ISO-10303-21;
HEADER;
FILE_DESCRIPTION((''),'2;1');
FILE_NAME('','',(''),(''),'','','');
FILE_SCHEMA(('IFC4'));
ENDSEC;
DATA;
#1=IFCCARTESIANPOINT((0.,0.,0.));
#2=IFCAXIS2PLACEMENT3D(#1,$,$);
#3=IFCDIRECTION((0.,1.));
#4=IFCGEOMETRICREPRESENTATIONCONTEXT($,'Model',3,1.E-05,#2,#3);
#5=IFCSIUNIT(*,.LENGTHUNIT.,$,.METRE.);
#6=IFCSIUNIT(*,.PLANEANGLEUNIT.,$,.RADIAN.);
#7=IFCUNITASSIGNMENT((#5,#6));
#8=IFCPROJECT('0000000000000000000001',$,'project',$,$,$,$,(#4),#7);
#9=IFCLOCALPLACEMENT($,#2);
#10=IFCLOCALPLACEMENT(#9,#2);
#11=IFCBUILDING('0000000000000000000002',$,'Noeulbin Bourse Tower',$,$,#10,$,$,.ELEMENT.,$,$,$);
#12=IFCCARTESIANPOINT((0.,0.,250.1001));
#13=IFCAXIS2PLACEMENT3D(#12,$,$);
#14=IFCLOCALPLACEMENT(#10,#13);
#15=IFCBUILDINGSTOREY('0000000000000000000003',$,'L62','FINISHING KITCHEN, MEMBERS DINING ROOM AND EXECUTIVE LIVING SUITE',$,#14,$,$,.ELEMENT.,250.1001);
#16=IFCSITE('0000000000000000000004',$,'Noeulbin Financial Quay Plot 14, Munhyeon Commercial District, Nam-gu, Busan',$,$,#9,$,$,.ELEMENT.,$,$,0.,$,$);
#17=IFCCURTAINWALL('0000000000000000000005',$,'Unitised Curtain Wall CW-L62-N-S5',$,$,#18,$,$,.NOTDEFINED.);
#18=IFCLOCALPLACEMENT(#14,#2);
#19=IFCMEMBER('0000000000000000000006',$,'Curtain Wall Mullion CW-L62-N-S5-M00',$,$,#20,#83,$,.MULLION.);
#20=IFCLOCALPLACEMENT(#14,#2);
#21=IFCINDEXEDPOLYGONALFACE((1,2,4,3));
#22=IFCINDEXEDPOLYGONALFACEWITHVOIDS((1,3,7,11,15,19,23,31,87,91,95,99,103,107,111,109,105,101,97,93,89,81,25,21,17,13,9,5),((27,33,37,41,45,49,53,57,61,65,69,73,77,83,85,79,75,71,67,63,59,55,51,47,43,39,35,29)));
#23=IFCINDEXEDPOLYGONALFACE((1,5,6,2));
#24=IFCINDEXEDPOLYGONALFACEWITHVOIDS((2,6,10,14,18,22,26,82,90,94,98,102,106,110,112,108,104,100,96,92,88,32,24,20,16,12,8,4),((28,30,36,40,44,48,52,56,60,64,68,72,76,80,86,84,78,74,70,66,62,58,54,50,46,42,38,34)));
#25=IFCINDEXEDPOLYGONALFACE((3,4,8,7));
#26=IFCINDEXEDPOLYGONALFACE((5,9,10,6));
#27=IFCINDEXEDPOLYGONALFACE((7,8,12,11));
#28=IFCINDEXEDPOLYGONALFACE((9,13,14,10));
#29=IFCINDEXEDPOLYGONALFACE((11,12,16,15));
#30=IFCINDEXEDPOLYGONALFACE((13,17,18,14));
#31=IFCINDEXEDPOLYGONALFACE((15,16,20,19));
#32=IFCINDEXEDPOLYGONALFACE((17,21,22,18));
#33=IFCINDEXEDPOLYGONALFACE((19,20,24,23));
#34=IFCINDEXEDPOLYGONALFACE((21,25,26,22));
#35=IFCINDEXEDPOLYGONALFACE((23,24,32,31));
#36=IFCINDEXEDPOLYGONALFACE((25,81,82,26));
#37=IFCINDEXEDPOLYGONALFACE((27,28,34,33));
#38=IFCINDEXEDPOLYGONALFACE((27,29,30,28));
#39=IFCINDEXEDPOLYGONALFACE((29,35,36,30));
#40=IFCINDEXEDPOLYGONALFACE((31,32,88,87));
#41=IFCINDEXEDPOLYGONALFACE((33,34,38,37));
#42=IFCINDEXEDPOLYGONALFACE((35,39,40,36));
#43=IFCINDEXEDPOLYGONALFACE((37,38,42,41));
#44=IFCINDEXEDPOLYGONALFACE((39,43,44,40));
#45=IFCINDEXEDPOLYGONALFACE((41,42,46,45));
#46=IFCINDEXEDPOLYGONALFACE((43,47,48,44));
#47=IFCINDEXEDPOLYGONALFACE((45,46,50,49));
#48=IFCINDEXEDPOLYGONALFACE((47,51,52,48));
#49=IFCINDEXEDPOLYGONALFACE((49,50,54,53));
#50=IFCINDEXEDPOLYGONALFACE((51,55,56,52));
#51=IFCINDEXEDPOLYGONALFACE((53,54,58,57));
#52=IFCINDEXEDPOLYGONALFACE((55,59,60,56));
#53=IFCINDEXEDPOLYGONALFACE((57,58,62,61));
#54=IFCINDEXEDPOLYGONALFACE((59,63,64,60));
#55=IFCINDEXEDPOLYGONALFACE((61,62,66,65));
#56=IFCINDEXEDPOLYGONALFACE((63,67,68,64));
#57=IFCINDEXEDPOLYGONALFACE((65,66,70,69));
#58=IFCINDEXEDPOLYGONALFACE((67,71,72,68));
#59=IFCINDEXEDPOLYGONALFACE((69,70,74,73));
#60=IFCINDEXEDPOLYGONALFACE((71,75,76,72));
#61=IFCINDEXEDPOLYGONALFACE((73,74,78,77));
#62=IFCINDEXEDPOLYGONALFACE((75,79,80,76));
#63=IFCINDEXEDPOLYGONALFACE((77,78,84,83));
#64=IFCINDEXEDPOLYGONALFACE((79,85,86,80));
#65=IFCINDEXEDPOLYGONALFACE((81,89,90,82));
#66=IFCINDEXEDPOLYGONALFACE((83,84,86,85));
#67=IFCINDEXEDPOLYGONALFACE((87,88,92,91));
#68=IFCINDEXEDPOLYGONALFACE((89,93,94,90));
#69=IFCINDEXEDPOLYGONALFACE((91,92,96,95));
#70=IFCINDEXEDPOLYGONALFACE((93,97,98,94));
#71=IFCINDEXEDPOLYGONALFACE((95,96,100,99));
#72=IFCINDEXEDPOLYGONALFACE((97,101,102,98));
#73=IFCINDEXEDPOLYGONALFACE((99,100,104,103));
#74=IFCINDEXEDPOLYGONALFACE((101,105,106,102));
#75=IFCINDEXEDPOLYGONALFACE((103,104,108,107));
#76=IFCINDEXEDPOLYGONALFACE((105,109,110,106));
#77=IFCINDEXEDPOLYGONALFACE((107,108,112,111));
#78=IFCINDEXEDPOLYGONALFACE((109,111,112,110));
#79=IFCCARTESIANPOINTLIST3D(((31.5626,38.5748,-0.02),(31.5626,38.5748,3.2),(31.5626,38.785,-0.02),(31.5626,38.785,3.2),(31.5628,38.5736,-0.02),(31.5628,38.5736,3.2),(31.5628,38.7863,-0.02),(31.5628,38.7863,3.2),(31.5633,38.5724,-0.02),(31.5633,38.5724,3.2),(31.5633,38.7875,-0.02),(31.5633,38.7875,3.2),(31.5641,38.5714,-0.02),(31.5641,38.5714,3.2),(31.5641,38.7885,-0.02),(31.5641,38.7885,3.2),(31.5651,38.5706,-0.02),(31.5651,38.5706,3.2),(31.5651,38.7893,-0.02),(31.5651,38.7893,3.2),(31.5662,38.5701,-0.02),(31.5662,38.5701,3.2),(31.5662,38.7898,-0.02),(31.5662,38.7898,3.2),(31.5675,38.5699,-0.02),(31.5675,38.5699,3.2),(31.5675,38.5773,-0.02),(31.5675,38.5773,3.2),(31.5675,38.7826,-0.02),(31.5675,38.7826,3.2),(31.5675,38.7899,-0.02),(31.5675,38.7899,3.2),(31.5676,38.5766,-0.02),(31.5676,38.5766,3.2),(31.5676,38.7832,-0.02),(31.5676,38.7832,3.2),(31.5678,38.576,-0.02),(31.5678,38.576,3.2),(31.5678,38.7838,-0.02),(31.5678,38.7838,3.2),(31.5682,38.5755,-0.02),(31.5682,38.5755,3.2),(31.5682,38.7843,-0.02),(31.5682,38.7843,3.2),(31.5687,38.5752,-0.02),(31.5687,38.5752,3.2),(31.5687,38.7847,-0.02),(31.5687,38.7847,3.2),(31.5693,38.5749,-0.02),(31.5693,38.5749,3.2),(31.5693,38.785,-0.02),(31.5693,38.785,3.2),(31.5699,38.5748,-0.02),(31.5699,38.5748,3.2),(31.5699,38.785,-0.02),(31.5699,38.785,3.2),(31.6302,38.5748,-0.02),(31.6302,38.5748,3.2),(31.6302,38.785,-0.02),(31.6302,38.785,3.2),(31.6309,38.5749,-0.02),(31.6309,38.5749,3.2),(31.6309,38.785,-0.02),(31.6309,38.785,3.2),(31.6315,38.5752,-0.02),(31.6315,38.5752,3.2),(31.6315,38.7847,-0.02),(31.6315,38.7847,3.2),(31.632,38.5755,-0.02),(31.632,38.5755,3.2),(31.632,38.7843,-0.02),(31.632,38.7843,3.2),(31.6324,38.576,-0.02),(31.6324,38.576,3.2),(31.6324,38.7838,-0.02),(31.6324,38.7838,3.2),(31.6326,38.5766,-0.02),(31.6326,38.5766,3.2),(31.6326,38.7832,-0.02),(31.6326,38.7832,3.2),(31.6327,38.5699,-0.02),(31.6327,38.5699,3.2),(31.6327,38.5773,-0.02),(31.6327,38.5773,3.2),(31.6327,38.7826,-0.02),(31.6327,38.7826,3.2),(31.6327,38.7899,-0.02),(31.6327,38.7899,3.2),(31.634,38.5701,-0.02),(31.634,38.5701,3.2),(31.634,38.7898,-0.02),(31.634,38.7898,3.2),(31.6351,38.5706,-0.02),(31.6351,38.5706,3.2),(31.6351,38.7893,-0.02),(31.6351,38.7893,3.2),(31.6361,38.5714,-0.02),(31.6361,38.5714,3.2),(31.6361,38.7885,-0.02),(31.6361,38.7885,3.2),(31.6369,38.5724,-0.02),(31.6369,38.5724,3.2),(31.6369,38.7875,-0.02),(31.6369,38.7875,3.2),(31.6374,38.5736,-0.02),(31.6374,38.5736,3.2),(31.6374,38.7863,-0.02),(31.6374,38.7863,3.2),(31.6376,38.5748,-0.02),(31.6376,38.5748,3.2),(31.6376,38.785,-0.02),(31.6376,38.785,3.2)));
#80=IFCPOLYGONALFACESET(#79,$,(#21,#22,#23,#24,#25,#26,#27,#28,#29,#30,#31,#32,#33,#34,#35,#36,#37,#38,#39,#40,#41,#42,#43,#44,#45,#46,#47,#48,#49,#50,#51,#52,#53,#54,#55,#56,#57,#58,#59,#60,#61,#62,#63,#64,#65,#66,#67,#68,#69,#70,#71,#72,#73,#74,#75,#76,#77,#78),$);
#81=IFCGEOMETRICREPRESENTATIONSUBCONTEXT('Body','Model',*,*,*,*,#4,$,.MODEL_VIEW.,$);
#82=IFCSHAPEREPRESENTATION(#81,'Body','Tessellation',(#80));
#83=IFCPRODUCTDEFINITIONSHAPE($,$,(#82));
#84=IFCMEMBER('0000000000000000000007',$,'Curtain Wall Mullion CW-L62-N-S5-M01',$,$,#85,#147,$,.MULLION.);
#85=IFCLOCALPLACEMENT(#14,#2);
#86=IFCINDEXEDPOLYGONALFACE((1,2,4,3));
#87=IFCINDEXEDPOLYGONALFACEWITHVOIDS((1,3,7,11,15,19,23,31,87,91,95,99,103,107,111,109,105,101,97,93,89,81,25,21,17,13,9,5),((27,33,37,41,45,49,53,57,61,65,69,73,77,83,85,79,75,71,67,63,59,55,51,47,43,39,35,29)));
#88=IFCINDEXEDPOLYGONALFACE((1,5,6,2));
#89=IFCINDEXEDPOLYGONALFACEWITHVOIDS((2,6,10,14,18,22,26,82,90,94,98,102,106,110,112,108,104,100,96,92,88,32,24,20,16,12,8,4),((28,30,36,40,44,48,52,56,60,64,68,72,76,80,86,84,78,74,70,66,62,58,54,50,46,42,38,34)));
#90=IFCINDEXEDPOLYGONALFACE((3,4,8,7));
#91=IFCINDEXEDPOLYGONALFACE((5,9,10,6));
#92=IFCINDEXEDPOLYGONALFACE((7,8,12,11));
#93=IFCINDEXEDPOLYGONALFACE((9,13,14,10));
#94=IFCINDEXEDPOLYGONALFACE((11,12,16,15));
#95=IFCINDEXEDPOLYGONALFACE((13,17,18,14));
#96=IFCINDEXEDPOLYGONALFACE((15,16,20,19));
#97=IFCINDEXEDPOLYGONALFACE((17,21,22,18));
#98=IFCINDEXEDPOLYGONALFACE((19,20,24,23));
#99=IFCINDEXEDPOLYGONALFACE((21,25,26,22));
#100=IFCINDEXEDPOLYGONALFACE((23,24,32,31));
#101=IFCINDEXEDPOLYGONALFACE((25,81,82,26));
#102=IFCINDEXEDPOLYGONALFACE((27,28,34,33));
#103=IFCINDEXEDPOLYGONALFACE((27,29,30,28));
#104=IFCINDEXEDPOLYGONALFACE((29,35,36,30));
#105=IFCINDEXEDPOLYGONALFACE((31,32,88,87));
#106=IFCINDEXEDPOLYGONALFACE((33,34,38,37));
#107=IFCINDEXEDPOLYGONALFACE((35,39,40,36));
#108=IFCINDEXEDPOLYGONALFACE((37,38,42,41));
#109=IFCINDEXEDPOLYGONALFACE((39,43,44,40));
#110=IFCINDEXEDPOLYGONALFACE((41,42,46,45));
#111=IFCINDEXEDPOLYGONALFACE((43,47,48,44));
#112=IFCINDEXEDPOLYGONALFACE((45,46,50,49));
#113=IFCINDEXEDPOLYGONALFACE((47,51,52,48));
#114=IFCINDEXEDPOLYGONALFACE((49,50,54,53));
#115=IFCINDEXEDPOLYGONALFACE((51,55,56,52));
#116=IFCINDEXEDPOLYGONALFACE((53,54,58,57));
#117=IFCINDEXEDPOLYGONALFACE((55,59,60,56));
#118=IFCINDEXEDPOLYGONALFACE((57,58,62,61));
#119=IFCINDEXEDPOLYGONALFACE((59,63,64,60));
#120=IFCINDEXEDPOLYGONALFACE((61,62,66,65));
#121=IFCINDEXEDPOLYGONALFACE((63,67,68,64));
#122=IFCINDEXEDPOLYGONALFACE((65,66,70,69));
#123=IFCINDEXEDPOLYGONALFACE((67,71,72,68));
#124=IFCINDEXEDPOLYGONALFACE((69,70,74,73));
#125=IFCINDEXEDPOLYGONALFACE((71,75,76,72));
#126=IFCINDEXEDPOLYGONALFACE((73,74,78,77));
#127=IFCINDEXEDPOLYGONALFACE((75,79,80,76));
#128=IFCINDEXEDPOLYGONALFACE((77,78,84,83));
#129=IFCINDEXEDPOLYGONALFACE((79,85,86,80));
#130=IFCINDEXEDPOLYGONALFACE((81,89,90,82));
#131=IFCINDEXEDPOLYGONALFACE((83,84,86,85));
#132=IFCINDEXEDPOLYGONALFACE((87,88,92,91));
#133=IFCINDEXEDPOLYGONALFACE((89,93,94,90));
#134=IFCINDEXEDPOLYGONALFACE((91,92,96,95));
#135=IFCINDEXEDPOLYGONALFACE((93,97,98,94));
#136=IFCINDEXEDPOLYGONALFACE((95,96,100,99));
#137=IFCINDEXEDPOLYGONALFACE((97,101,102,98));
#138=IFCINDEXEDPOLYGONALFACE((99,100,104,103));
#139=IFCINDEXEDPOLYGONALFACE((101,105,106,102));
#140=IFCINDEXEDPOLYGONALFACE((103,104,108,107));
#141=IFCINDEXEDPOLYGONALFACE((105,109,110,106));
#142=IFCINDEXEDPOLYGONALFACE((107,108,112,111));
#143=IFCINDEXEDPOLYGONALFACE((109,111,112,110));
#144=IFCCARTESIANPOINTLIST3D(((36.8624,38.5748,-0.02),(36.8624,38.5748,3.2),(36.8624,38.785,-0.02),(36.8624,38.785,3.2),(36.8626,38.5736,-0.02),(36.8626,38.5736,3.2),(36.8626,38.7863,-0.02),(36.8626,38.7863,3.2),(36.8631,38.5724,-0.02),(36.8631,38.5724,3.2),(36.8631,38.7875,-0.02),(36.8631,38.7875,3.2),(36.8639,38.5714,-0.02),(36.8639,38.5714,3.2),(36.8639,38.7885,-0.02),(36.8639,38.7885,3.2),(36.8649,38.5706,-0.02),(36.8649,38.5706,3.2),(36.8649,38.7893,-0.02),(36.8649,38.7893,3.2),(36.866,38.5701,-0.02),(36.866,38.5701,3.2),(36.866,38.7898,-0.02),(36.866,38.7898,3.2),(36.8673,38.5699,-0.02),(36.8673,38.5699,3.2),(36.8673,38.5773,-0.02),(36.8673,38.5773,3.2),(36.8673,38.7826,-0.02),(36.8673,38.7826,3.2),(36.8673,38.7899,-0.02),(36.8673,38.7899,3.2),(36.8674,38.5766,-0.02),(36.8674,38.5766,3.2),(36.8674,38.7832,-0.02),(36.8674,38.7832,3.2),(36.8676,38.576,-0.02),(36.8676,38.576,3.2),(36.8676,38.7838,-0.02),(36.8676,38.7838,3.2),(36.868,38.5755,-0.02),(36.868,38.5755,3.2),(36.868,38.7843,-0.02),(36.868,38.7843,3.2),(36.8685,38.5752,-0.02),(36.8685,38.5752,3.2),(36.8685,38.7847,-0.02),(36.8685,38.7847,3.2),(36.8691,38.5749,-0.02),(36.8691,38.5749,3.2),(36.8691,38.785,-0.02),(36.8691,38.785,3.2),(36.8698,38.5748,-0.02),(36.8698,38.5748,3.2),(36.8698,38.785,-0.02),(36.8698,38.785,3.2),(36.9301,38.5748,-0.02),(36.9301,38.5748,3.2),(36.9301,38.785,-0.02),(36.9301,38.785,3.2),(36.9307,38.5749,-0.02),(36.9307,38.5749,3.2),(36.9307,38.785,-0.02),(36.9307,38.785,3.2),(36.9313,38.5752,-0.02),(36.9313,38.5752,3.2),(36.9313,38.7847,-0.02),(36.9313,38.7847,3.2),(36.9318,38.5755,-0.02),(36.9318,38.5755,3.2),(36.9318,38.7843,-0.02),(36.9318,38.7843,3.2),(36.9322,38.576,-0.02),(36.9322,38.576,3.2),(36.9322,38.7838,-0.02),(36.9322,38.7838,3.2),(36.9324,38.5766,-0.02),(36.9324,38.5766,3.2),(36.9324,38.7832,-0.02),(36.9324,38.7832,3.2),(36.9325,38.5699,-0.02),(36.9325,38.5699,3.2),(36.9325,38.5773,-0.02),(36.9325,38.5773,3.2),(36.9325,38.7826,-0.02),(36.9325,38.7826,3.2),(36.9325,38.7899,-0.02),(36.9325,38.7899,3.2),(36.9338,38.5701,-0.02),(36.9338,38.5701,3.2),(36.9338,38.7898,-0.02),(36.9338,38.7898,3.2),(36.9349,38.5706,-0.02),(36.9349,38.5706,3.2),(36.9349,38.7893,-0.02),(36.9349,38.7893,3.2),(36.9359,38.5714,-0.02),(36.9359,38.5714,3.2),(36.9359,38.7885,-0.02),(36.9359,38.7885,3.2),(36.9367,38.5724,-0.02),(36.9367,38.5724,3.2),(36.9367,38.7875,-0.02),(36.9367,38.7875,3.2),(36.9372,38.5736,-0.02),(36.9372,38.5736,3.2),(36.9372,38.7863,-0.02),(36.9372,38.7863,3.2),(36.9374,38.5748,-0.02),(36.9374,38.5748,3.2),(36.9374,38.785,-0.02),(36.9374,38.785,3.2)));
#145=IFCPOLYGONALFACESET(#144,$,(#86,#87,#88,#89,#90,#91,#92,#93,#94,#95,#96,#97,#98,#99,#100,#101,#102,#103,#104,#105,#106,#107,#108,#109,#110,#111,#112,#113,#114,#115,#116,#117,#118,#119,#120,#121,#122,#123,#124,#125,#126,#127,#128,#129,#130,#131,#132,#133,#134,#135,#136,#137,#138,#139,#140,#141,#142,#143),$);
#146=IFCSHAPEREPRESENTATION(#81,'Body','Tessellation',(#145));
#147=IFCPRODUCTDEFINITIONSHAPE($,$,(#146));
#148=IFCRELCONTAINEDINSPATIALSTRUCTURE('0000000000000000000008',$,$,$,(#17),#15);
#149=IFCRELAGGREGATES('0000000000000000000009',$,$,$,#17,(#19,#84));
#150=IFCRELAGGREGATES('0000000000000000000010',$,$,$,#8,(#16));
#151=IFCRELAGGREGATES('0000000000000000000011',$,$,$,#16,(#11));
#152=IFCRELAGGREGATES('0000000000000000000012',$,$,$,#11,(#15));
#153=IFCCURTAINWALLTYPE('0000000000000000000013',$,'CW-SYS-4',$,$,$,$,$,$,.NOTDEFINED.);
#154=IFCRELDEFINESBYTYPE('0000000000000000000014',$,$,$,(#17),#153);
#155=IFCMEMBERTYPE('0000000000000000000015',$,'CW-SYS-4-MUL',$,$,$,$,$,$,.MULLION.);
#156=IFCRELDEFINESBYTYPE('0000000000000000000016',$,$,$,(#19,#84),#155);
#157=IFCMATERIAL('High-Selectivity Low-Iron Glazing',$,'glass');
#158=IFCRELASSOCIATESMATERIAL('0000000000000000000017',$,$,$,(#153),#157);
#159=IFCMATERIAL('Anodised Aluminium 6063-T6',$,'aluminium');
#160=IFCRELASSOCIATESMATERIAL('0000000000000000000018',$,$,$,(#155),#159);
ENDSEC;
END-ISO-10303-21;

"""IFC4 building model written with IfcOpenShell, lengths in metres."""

from ifc_helpers import new_model, si_unit, direction, frame, origin, origin_2d, place, context, subcontext, project, spatial, hollow_rectangle, extrude, material, material_profile, profile_set, type_object, element, aggregate, save


model = new_model("IFC4")

# Units and contexts
model_context = context("Model", 3, precision=1e-05, world=origin(), true_north=direction((0.0, 1.0)))
body_context = subcontext(model_context, "Body", "Model", "MODEL_VIEW")
ifc_project = project(units=[si_unit("LENGTHUNIT", "METRE"), si_unit("PLANEANGLEUNIT", "RADIAN")], contexts=[model_context])

# Site, building, storey
site_placement = place(None, origin())
site = spatial("IfcSite", under=ifc_project, at=site_placement, Name="Noeulbin Financial Quay Plot 14, Munhyeon Commercial District, Nam-gu, Busan", CompositionType="ELEMENT", RefElevation=0.0)
building_placement = place(site_placement, origin())
building = spatial("IfcBuilding", under=site, at=building_placement, Name="Noeulbin Bourse Tower", CompositionType="ELEMENT")
storey_placement = place(building_placement, frame((0.0, 0.0, 250.1001)))
storey = spatial("IfcBuildingStorey", under=building, at=storey_placement, Name="L62", Description="FINISHING KITCHEN, MEMBERS DINING ROOM AND EXECUTIVE LIVING SUITE", CompositionType="ELEMENT", Elevation=250.1001)

# Curtain wall, members
ifc_material_1 = material(Name="High-Selectivity Low-Iron Glazing", Category="glass")
curtain_wall_type = type_object("IfcCurtainWallType", Name="CW-SYS-4", PredefinedType="NOTDEFINED", material=ifc_material_1)
ifc_material_2 = material(Name="Anodised Aluminium 6063-T6", Category="aluminium")
ifc_material_profile_1 = material_profile(ifc_material_2, hollow_rectangle(XDim=0.075, YDim=0.22, WallThickness=0.0049, InnerFilletRadius=0.0024, OuterFilletRadius=0.0049, at=origin_2d()), Name="ALU-MULL-75x220x5", Category="LoadBearing")
ifc_profile_set_1 = profile_set([ifc_material_profile_1], Name="Anodised Aluminium 6063-T6")
member_type_1 = type_object("IfcMemberType", Name="CW-SYS-4-MUL", PredefinedType="MULLION", material=ifc_profile_set_1)
curtain_wall_1_placement = place(storey_placement, origin())
curtain_wall_1 = element("IfcCurtainWall", 1, at=curtain_wall_1_placement, inside=storey, type_object=curtain_wall_type, Name="Unitised Curtain Wall CW-L62-N-S5", PredefinedType="NOTDEFINED")
member_1_placement = place(storey_placement, frame((31.6001, 38.6799, -0.02), z_axis=(0.0, 0.0, 1.0), x_axis=(1.0, 0.0, 0.0)))
member_1 = element("IfcMember", 2, at=member_1_placement, type_object=member_type_1, Name="Curtain Wall Mullion CW-L62-N-S5-M00", PredefinedType="MULLION", context=body_context, shape_type="SweptSolid", body=[
    extrude(hollow_rectangle(XDim=0.075, YDim=0.22, WallThickness=0.0049, InnerFilletRadius=0.0024, OuterFilletRadius=0.0049, at=origin_2d()), origin(), (0.0, 0.0, 1.0), 3.22),
])
member_2_placement = place(storey_placement, frame((36.8999, 38.6799, -0.02), z_axis=(0.0, 0.0, 1.0), x_axis=(1.0, 0.0, 0.0)))
member_2 = element("IfcMember", 3, at=member_2_placement, type_object=member_type_1, Name="Curtain Wall Mullion CW-L62-N-S5-M01", PredefinedType="MULLION", context=body_context, shape_type="SweptSolid", body=[
    extrude(hollow_rectangle(XDim=0.075, YDim=0.22, WallThickness=0.0049, InnerFilletRadius=0.0024, OuterFilletRadius=0.0049, at=origin_2d()), origin(), (0.0, 0.0, 1.0), 3.22),
])

aggregate(curtain_wall_1, [member_1, member_2])

save(model, "model.ifc")
